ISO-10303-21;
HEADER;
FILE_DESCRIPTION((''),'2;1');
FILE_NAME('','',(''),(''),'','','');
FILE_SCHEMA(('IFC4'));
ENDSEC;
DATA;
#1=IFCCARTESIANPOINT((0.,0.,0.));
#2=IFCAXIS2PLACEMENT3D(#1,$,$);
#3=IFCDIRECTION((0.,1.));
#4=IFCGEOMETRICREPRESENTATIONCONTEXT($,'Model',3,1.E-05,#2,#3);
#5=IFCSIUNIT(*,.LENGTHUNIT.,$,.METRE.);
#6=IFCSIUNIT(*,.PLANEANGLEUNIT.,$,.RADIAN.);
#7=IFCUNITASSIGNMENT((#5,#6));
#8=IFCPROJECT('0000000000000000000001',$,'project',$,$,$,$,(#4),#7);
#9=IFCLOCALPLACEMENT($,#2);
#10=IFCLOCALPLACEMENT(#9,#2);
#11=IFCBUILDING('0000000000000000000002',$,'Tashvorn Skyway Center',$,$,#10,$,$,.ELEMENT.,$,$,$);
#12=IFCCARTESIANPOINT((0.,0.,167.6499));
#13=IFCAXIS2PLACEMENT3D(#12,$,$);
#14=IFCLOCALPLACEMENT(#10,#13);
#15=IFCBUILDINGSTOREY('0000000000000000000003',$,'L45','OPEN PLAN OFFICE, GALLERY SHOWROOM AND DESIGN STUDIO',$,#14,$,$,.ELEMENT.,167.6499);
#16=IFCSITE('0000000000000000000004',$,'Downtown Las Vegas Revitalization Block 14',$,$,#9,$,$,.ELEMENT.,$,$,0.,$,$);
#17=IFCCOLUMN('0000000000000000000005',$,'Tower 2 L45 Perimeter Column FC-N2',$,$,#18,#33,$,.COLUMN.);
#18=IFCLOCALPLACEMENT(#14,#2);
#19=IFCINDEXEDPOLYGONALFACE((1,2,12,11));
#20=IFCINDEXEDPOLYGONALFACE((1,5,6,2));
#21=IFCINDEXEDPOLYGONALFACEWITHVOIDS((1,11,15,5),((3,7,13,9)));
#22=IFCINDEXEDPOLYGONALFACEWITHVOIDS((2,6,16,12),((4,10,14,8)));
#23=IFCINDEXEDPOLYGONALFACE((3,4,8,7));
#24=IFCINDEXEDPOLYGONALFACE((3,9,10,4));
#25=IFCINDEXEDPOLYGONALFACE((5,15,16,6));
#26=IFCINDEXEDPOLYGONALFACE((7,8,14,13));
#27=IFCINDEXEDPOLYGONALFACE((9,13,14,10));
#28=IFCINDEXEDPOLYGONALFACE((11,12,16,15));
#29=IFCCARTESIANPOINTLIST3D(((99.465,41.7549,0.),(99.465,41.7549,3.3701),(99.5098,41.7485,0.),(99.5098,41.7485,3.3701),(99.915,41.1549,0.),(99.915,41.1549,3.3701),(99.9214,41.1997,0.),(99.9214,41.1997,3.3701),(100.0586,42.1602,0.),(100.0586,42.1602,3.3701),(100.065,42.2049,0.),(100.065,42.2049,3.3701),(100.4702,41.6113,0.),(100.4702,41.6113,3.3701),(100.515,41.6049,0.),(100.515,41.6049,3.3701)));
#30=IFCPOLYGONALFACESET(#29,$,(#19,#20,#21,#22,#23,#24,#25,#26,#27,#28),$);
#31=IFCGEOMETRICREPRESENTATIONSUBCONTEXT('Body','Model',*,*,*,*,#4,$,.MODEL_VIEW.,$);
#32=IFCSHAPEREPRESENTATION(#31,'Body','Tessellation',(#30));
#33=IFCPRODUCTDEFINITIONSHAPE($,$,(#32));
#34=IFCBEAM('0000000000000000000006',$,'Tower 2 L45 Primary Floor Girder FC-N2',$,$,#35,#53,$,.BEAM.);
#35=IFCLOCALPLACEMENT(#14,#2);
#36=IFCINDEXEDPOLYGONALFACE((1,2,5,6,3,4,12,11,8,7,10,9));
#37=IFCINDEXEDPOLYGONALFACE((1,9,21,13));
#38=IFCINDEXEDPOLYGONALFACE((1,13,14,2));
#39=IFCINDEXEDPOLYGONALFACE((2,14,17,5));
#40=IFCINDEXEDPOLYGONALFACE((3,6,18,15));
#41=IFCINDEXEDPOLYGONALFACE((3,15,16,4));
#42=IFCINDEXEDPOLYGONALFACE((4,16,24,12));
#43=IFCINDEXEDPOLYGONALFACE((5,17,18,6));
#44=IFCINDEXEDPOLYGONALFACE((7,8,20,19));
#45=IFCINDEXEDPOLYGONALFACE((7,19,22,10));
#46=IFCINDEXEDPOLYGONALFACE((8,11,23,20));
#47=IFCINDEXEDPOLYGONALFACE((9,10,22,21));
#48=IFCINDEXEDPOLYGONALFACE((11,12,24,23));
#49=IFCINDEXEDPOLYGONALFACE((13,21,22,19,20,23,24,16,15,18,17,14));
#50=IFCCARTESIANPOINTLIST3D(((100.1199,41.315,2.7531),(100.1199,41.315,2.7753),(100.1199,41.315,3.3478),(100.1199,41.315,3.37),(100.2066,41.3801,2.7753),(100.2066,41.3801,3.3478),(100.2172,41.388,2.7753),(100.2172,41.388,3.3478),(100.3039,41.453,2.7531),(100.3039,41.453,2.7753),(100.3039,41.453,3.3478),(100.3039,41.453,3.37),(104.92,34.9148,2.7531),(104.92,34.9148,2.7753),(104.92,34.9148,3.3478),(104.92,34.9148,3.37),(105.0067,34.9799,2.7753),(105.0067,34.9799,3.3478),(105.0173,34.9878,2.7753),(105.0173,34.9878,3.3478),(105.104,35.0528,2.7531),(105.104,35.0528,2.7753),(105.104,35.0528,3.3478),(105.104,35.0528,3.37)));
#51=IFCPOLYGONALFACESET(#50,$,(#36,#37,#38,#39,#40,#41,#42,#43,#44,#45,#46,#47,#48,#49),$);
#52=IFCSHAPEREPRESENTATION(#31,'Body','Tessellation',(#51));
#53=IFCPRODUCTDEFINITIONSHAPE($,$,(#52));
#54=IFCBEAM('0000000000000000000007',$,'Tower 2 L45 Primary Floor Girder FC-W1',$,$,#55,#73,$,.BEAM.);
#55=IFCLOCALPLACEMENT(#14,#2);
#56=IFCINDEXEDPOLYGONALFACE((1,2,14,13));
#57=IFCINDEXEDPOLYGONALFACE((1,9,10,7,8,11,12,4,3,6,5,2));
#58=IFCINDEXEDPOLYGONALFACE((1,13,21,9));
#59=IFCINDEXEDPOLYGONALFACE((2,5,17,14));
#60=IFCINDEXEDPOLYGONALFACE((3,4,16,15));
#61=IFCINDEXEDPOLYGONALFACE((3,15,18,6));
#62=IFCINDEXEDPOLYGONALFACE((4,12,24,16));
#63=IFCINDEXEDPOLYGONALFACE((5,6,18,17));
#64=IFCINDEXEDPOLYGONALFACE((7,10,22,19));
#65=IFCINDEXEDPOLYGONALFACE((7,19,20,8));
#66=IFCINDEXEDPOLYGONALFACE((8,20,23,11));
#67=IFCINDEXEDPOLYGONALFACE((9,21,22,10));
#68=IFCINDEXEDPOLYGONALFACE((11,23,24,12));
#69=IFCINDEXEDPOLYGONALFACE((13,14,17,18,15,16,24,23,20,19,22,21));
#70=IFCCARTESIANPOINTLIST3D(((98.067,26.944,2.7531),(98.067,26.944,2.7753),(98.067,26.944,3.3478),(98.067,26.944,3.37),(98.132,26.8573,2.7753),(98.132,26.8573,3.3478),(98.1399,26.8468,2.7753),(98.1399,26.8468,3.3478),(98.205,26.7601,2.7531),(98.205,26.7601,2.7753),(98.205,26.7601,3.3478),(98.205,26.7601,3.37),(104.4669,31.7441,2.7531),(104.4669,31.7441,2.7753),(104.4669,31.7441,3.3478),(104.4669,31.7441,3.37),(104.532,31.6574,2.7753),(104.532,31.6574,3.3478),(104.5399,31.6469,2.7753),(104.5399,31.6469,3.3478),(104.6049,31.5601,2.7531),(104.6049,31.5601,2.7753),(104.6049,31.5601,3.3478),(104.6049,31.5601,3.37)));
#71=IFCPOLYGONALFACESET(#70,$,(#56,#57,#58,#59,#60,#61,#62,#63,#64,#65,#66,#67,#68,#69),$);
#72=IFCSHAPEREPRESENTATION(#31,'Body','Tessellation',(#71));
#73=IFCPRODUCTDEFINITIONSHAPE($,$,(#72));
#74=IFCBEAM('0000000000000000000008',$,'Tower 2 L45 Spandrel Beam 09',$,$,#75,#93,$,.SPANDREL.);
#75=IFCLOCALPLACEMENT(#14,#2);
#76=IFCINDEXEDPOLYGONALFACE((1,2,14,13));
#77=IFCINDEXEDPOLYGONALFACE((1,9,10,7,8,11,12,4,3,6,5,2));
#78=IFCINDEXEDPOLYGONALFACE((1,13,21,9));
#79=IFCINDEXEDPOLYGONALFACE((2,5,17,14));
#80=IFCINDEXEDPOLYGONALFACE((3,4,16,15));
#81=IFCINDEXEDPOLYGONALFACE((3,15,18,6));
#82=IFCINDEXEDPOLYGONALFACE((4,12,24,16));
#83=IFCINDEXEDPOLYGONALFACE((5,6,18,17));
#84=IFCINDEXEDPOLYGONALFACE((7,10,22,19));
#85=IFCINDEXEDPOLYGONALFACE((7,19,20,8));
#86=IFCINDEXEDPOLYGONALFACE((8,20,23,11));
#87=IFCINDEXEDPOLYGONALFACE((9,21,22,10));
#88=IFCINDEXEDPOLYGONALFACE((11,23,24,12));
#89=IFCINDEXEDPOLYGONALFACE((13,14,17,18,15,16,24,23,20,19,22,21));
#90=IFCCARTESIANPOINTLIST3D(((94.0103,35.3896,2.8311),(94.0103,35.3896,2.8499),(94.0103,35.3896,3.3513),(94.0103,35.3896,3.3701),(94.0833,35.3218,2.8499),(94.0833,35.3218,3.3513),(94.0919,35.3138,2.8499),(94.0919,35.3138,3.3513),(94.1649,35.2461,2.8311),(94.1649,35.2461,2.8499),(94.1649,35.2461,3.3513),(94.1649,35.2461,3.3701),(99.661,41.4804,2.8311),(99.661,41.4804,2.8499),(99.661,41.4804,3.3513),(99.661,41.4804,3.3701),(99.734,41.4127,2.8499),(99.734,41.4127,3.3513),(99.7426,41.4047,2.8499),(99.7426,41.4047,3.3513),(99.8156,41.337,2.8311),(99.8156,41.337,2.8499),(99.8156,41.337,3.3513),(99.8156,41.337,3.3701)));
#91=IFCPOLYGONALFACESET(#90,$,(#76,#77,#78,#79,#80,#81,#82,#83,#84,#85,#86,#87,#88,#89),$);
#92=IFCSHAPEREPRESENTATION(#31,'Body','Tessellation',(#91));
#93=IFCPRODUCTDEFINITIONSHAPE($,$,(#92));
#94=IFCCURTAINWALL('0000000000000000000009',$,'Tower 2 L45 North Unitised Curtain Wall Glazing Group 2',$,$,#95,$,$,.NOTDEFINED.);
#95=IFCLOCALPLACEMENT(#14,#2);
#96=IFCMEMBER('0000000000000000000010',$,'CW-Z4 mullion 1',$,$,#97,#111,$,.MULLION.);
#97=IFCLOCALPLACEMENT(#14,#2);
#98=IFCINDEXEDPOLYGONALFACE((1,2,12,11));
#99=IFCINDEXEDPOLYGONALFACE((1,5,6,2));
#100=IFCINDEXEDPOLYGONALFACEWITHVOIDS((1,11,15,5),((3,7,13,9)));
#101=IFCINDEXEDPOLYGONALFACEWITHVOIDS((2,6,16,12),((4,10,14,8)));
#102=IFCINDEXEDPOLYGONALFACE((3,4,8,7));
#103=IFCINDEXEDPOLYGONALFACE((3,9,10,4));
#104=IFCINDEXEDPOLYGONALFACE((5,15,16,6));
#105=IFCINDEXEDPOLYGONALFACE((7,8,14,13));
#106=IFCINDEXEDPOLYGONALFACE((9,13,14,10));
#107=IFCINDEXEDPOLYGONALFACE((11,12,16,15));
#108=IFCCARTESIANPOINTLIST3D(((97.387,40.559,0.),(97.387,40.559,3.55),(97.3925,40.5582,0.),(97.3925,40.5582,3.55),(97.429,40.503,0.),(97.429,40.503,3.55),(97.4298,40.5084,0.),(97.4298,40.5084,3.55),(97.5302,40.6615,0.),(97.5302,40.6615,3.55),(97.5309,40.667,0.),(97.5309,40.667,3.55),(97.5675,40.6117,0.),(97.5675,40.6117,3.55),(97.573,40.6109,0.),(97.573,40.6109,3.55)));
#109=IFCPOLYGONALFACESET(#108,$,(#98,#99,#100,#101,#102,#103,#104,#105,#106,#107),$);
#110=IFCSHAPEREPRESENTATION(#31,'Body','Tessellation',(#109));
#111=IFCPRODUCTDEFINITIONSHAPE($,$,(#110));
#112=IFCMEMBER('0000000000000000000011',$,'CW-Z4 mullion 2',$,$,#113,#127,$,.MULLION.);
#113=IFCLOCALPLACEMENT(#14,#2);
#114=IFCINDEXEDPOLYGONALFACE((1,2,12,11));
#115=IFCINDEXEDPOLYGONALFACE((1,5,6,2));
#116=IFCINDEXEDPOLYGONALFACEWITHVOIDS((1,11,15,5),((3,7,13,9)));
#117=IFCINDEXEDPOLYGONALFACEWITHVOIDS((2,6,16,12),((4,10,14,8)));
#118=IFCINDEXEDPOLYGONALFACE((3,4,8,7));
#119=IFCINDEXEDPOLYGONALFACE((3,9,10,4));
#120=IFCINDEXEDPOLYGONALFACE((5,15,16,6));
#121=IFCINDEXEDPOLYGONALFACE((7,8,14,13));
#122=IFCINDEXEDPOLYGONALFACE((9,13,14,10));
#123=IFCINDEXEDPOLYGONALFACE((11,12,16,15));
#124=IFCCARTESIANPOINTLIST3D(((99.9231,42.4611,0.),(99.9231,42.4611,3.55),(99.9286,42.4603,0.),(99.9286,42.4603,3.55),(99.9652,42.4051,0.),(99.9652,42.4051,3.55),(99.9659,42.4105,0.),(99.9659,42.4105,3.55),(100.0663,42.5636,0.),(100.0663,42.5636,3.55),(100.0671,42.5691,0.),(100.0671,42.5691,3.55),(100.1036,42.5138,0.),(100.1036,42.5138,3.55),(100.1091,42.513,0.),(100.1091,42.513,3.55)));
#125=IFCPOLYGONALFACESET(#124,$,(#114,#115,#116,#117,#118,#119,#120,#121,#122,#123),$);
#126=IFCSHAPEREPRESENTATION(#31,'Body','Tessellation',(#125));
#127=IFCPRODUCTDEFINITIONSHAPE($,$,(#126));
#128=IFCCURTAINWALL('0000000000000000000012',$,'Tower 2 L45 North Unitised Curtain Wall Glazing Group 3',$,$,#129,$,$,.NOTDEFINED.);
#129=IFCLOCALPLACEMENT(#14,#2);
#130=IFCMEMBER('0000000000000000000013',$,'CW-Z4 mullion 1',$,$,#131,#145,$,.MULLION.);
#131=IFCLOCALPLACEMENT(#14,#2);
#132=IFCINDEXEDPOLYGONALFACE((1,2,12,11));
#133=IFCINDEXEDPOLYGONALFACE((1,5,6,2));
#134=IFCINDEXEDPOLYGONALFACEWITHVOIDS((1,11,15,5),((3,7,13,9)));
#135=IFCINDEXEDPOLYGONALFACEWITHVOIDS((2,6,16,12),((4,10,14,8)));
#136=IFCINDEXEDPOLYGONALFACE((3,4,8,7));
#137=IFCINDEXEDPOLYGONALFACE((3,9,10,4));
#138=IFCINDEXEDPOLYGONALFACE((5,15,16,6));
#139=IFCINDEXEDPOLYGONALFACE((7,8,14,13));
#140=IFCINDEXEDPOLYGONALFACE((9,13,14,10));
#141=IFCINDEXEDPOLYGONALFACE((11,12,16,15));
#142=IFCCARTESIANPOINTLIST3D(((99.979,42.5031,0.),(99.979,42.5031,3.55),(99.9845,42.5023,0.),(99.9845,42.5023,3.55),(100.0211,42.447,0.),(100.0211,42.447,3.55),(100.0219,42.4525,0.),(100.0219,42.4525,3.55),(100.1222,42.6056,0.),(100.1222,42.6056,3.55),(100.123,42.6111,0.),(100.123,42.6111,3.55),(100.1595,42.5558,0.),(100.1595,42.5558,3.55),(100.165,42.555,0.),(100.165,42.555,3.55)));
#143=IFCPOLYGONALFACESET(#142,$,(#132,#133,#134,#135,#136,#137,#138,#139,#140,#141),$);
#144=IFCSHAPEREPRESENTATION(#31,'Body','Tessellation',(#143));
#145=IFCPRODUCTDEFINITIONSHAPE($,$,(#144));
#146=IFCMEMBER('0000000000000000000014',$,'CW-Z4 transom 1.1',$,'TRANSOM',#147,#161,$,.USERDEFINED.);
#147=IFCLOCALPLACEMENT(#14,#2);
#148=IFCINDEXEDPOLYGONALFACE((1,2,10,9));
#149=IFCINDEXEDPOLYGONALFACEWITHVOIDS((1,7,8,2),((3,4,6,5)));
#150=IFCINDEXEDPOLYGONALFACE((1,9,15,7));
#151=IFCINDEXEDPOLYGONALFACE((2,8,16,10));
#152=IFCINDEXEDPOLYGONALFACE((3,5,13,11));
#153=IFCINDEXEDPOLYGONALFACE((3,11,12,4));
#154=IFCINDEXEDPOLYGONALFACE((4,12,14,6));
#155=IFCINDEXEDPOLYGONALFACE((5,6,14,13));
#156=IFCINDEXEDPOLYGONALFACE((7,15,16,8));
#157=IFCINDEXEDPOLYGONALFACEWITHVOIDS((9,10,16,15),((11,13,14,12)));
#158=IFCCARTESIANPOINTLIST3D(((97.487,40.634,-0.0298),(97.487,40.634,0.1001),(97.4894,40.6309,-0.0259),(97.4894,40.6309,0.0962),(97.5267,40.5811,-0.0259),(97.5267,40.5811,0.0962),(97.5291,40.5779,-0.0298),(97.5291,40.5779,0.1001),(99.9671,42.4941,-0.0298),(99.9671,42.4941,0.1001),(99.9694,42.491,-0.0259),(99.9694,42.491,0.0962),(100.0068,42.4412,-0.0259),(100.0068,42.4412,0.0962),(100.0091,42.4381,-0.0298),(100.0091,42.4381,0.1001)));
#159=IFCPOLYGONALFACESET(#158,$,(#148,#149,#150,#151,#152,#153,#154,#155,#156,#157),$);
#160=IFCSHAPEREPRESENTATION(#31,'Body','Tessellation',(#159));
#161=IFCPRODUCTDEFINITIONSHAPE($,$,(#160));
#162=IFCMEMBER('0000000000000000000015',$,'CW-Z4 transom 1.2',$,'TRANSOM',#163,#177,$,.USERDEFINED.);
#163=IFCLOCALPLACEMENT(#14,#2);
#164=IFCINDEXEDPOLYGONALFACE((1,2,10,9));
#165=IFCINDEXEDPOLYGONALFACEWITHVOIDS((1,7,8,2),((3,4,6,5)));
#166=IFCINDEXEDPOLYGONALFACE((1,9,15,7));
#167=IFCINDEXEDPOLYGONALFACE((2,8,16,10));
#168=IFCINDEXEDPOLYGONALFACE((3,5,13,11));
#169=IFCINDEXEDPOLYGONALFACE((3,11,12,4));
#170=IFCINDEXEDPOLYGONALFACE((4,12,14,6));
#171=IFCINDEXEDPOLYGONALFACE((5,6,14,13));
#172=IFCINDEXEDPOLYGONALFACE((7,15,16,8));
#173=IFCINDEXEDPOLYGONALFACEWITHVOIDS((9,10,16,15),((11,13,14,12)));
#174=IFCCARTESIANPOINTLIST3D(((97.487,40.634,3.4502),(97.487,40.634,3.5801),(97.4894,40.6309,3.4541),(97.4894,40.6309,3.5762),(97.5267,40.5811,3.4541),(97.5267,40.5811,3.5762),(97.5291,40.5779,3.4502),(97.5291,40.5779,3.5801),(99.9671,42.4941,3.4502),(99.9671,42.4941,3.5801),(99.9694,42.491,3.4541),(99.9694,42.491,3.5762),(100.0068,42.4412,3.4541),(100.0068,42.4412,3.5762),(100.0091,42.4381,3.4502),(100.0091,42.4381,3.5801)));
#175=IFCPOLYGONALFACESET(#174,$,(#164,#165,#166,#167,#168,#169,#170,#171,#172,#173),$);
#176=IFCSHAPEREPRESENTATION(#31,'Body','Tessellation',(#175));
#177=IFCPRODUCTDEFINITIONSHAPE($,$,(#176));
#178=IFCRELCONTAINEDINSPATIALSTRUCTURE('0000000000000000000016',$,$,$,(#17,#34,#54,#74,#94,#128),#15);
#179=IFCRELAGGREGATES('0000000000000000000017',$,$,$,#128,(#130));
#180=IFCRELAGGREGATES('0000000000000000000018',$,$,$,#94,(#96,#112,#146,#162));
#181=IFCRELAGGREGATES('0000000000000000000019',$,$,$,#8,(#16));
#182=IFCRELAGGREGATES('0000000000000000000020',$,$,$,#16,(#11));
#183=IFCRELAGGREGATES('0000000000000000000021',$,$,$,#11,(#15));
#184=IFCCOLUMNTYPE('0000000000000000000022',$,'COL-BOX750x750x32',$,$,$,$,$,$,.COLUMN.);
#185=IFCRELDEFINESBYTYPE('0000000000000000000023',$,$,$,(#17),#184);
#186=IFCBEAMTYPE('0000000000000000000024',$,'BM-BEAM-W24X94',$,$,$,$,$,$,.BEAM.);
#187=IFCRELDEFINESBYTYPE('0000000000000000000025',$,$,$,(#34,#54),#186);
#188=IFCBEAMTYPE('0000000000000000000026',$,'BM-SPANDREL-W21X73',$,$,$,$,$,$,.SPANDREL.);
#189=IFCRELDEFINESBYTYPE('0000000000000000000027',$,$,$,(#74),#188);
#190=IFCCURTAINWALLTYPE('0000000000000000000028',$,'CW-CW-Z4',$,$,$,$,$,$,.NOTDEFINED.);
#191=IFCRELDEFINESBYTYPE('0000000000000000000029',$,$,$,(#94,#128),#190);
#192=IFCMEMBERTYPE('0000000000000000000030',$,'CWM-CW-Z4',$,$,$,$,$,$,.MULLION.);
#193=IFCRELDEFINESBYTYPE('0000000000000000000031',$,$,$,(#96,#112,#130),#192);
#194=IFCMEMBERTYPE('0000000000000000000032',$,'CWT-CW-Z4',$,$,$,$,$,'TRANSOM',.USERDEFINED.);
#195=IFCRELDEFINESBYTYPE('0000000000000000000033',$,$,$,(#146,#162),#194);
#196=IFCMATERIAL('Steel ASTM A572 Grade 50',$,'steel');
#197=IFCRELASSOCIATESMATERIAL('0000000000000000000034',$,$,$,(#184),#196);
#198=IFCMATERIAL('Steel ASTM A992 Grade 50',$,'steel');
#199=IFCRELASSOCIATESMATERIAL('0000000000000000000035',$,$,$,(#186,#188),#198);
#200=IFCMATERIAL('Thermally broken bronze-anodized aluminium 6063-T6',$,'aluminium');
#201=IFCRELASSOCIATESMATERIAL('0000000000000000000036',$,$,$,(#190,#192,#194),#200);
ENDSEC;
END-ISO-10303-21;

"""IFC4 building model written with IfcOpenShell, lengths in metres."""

from ifc_helpers import new_model, si_unit, direction, frame, origin, origin_2d, place, context, subcontext, project, spatial, hollow_rectangle, i_section, extrude, material, material_profile, profile_set, type_object, element, aggregate, save


model = new_model("IFC4")

# Units and contexts
model_context = context("Model", 3, precision=1e-05, world=origin(), true_north=direction((0.0, 1.0)))
body_context = subcontext(model_context, "Body", "Model", "MODEL_VIEW")
ifc_project = project(units=[si_unit("LENGTHUNIT", "METRE"), si_unit("PLANEANGLEUNIT", "RADIAN")], contexts=[model_context])

# Site, building, storey
site_placement = place(None, origin())
site = spatial("IfcSite", under=ifc_project, at=site_placement, Name="Downtown Las Vegas Revitalization Block 14", CompositionType="ELEMENT", RefElevation=0.0)
building_placement = place(site_placement, origin())
building = spatial("IfcBuilding", under=site, at=building_placement, Name="Tashvorn Skyway Center", CompositionType="ELEMENT")
storey_placement = place(building_placement, frame((0.0, 0.0, 167.6499)))
storey = spatial("IfcBuildingStorey", under=building, at=storey_placement, Name="L45", Description="OPEN PLAN OFFICE, GALLERY SHOWROOM AND DESIGN STUDIO", CompositionType="ELEMENT", Elevation=167.6499)

# Column
ifc_material_1 = material(Name="Steel ASTM A572 Grade 50", Category="steel")
ifc_material_profile_1 = material_profile(ifc_material_1, hollow_rectangle(XDim=0.75, YDim=0.75, WallThickness=0.032, at=origin_2d()), Name="BOX750x750x32")
ifc_profile_set_1 = profile_set([ifc_material_profile_1], Name="Steel ASTM A572 Grade 50")
column_type = type_object("IfcColumnType", Name="COL-BOX750x750x32", PredefinedType="COLUMN", material=ifc_profile_set_1)
column_placement = place(storey_placement, frame((99.99, 41.6799, 0.0), z_axis=(0.0, 0.0, 1.0), x_axis=(0.8, 0.6, 0.0)))
element("IfcColumn", 1, at=column_placement, inside=storey, type_object=column_type, Name="Tower 2 L45 Perimeter Column FC-N2", PredefinedType="COLUMN", context=body_context, shape_type="SweptSolid", body=[
    extrude(hollow_rectangle(XDim=0.75, YDim=0.75, WallThickness=0.032, at=origin_2d()), origin(), (0.0, 0.0, 1.0), 3.3701),
])

# Beams
ifc_material_2 = material(Name="Steel ASTM A992 Grade 50", Category="steel")
ifc_material_profile_2 = material_profile(ifc_material_2, i_section(OverallWidth=0.23, OverallDepth=0.6169, WebThickness=0.0132, FlangeThickness=0.0222, at=origin_2d()), Name="W24X94")
ifc_profile_set_2 = profile_set([ifc_material_profile_2], Name="Steel ASTM A992 Grade 50")
beam_type_1 = type_object("IfcBeamType", Name="BM-BEAM-W24X94", PredefinedType="BEAM", material=ifc_profile_set_2)
beam_1_placement = place(storey_placement, frame((100.2119, 41.384, 3.0615), z_axis=(0.599995, -0.800004, 0.0), x_axis=(0.800004, 0.599995, 0.0)))
element("IfcBeam", 2, at=beam_1_placement, inside=storey, type_object=beam_type_1, Name="Tower 2 L45 Primary Floor Girder FC-N2", PredefinedType="BEAM", context=body_context, shape_type="SweptSolid", body=[
    extrude(i_section(OverallWidth=0.23, OverallDepth=0.6169, WebThickness=0.0132, FlangeThickness=0.0222, at=origin_2d()), origin(), (0.0, 0.0, 1.0), 8.0002),
])
beam_2_placement = place(storey_placement, frame((98.136, 26.8521, 3.0615), z_axis=(0.799993, 0.60001, 0.0), x_axis=(-0.60001, 0.799993, 0.0)))
element("IfcBeam", 3, at=beam_2_placement, inside=storey, type_object=beam_type_1, Name="Tower 2 L45 Primary Floor Girder FC-W1", PredefinedType="BEAM", context=body_context, shape_type="SweptSolid", body=[
    extrude(i_section(OverallWidth=0.23, OverallDepth=0.6169, WebThickness=0.0132, FlangeThickness=0.0222, at=origin_2d()), origin(), (0.0, 0.0, 1.0), 8.0),
])
ifc_material_profile_3 = material_profile(ifc_material_2, i_section(OverallWidth=0.2109, OverallDepth=0.5391, WebThickness=0.0117, FlangeThickness=0.0188, at=origin_2d()), Name="W21X73")
ifc_profile_set_3 = profile_set([ifc_material_profile_3], Name="Steel ASTM A992 Grade 50")
beam_type_2 = type_object("IfcBeamType", Name="BM-SPANDREL-W21X73", PredefinedType="SPANDREL", material=ifc_profile_set_3)
beam_3_placement = place(storey_placement, frame((99.7383, 41.4087, 3.1006), z_axis=(-0.68012, -0.733101, 0.0), x_axis=(0.733101, -0.68012, 0.0)))
element("IfcBeam", 4, at=beam_3_placement, inside=storey, type_object=beam_type_2, Name="Tower 2 L45 Spandrel Beam 09", PredefinedType="SPANDREL", context=body_context, shape_type="SweptSolid", body=[
    extrude(i_section(OverallWidth=0.2109, OverallDepth=0.5391, WebThickness=0.0117, FlangeThickness=0.0188, at=origin_2d()), origin(), (0.0, 0.0, 1.0), 8.3083),
])

# Curtain wall, members
ifc_material_3 = material(Name="Thermally broken bronze-anodized aluminium 6063-T6", Category="aluminium")
curtain_wall_type = type_object("IfcCurtainWallType", Name="CW-CW-Z4", PredefinedType="NOTDEFINED", material=ifc_material_3)
curtain_wall_1_placement = place(storey_placement, origin())
curtain_wall_1 = element("IfcCurtainWall", 5, at=curtain_wall_1_placement, inside=storey, type_object=curtain_wall_type, Name="Tower 2 L45 North Unitised Curtain Wall Glazing Group 2", PredefinedType="NOTDEFINED")
ifc_material_profile_4 = material_profile(ifc_material_3, hollow_rectangle(XDim=0.0701, YDim=0.1799, WallThickness=0.0039, at=origin_2d()), Name="ALU-MULL-70x180")
ifc_profile_set_4 = profile_set([ifc_material_profile_4], Name="Thermally broken bronze-anodized aluminium 6063-T6")
member_type_1 = type_object("IfcMemberType", Name="CWM-CW-Z4", PredefinedType="MULLION", material=ifc_profile_set_4)
member_1_placement = place(storey_placement, frame((97.48, 40.585, 0.0), z_axis=(0.0, 0.0, 1.0), x_axis=(-0.6, 0.8, 0.0)))
member_1 = element("IfcMember", 6, at=member_1_placement, type_object=member_type_1, Name="CW-Z4 mullion 1", PredefinedType="MULLION", context=body_context, shape_type="SweptSolid", body=[
    extrude(hollow_rectangle(XDim=0.0701, YDim=0.1799, WallThickness=0.0039, at=origin_2d()), origin(), (0.0, 0.0, 1.0), 3.55),
])
member_2_placement = place(storey_placement, frame((100.0161, 42.4871, 0.0), z_axis=(0.0, 0.0, 1.0), x_axis=(-0.6, 0.8, 0.0)))
member_2 = element("IfcMember", 7, at=member_2_placement, type_object=member_type_1, Name="CW-Z4 mullion 2", PredefinedType="MULLION", context=body_context, shape_type="SweptSolid", body=[
    extrude(hollow_rectangle(XDim=0.0701, YDim=0.1799, WallThickness=0.0039, at=origin_2d()), origin(), (0.0, 0.0, 1.0), 3.55),
])

# Curtain wall, member
curtain_wall_2_placement = place(storey_placement, origin())
curtain_wall_2 = element("IfcCurtainWall", 8, at=curtain_wall_2_placement, inside=storey, type_object=curtain_wall_type, Name="Tower 2 L45 North Unitised Curtain Wall Glazing Group 3", PredefinedType="NOTDEFINED")
member_3_placement = place(storey_placement, frame((100.072, 42.5291, 0.0), z_axis=(0.0, 0.0, 1.0), x_axis=(-0.6, 0.8, 0.0)))
member_3 = element("IfcMember", 9, at=member_3_placement, type_object=member_type_1, Name="CW-Z4 mullion 1", PredefinedType="MULLION", context=body_context, shape_type="SweptSolid", body=[
    extrude(hollow_rectangle(XDim=0.0701, YDim=0.1799, WallThickness=0.0039, at=origin_2d()), origin(), (0.0, 0.0, 1.0), 3.55),
])

# Members
ifc_material_profile_5 = material_profile(ifc_material_3, hollow_rectangle(XDim=0.0701, YDim=0.1299, WallThickness=0.0039, at=origin_2d()), Name="ALU-TRAN-70x130")
ifc_profile_set_5 = profile_set([ifc_material_profile_5], Name="Thermally broken bronze-anodized aluminium 6063-T6")
member_type_2 = type_object("IfcMemberType", Name="CWT-CW-Z4", ElementType="TRANSOM", PredefinedType="USERDEFINED", material=ifc_profile_set_5)
member_4_placement = place(storey_placement, frame((97.5081, 40.606, 0.0352), z_axis=(0.799981, 0.600025, 0.0), x_axis=(-0.600025, 0.799981, 0.0)))
member_4 = element("IfcMember", 10, at=member_4_placement, type_object=member_type_2, Name="CW-Z4 transom 1.1", ObjectType="TRANSOM", PredefinedType="USERDEFINED", context=body_context, shape_type="SweptSolid", body=[
    extrude(hollow_rectangle(XDim=0.0701, YDim=0.1299, WallThickness=0.0039, at=origin_2d()), origin(), (0.0, 0.0, 1.0), 3.1001),
])
member_5_placement = place(storey_placement, frame((97.5081, 40.606, 3.5151), z_axis=(0.799981, 0.600025, 0.0), x_axis=(-0.600025, 0.799981, 0.0)))
member_5 = element("IfcMember", 11, at=member_5_placement, type_object=member_type_2, Name="CW-Z4 transom 1.2", ObjectType="TRANSOM", PredefinedType="USERDEFINED", context=body_context, shape_type="SweptSolid", body=[
    extrude(hollow_rectangle(XDim=0.0701, YDim=0.1299, WallThickness=0.0039, at=origin_2d()), origin(), (0.0, 0.0, 1.0), 3.1001),
])
aggregate(curtain_wall_2, [member_3])

aggregate(curtain_wall_1, [member_1, member_2, member_4, member_5])

save(model, "model.ifc")
